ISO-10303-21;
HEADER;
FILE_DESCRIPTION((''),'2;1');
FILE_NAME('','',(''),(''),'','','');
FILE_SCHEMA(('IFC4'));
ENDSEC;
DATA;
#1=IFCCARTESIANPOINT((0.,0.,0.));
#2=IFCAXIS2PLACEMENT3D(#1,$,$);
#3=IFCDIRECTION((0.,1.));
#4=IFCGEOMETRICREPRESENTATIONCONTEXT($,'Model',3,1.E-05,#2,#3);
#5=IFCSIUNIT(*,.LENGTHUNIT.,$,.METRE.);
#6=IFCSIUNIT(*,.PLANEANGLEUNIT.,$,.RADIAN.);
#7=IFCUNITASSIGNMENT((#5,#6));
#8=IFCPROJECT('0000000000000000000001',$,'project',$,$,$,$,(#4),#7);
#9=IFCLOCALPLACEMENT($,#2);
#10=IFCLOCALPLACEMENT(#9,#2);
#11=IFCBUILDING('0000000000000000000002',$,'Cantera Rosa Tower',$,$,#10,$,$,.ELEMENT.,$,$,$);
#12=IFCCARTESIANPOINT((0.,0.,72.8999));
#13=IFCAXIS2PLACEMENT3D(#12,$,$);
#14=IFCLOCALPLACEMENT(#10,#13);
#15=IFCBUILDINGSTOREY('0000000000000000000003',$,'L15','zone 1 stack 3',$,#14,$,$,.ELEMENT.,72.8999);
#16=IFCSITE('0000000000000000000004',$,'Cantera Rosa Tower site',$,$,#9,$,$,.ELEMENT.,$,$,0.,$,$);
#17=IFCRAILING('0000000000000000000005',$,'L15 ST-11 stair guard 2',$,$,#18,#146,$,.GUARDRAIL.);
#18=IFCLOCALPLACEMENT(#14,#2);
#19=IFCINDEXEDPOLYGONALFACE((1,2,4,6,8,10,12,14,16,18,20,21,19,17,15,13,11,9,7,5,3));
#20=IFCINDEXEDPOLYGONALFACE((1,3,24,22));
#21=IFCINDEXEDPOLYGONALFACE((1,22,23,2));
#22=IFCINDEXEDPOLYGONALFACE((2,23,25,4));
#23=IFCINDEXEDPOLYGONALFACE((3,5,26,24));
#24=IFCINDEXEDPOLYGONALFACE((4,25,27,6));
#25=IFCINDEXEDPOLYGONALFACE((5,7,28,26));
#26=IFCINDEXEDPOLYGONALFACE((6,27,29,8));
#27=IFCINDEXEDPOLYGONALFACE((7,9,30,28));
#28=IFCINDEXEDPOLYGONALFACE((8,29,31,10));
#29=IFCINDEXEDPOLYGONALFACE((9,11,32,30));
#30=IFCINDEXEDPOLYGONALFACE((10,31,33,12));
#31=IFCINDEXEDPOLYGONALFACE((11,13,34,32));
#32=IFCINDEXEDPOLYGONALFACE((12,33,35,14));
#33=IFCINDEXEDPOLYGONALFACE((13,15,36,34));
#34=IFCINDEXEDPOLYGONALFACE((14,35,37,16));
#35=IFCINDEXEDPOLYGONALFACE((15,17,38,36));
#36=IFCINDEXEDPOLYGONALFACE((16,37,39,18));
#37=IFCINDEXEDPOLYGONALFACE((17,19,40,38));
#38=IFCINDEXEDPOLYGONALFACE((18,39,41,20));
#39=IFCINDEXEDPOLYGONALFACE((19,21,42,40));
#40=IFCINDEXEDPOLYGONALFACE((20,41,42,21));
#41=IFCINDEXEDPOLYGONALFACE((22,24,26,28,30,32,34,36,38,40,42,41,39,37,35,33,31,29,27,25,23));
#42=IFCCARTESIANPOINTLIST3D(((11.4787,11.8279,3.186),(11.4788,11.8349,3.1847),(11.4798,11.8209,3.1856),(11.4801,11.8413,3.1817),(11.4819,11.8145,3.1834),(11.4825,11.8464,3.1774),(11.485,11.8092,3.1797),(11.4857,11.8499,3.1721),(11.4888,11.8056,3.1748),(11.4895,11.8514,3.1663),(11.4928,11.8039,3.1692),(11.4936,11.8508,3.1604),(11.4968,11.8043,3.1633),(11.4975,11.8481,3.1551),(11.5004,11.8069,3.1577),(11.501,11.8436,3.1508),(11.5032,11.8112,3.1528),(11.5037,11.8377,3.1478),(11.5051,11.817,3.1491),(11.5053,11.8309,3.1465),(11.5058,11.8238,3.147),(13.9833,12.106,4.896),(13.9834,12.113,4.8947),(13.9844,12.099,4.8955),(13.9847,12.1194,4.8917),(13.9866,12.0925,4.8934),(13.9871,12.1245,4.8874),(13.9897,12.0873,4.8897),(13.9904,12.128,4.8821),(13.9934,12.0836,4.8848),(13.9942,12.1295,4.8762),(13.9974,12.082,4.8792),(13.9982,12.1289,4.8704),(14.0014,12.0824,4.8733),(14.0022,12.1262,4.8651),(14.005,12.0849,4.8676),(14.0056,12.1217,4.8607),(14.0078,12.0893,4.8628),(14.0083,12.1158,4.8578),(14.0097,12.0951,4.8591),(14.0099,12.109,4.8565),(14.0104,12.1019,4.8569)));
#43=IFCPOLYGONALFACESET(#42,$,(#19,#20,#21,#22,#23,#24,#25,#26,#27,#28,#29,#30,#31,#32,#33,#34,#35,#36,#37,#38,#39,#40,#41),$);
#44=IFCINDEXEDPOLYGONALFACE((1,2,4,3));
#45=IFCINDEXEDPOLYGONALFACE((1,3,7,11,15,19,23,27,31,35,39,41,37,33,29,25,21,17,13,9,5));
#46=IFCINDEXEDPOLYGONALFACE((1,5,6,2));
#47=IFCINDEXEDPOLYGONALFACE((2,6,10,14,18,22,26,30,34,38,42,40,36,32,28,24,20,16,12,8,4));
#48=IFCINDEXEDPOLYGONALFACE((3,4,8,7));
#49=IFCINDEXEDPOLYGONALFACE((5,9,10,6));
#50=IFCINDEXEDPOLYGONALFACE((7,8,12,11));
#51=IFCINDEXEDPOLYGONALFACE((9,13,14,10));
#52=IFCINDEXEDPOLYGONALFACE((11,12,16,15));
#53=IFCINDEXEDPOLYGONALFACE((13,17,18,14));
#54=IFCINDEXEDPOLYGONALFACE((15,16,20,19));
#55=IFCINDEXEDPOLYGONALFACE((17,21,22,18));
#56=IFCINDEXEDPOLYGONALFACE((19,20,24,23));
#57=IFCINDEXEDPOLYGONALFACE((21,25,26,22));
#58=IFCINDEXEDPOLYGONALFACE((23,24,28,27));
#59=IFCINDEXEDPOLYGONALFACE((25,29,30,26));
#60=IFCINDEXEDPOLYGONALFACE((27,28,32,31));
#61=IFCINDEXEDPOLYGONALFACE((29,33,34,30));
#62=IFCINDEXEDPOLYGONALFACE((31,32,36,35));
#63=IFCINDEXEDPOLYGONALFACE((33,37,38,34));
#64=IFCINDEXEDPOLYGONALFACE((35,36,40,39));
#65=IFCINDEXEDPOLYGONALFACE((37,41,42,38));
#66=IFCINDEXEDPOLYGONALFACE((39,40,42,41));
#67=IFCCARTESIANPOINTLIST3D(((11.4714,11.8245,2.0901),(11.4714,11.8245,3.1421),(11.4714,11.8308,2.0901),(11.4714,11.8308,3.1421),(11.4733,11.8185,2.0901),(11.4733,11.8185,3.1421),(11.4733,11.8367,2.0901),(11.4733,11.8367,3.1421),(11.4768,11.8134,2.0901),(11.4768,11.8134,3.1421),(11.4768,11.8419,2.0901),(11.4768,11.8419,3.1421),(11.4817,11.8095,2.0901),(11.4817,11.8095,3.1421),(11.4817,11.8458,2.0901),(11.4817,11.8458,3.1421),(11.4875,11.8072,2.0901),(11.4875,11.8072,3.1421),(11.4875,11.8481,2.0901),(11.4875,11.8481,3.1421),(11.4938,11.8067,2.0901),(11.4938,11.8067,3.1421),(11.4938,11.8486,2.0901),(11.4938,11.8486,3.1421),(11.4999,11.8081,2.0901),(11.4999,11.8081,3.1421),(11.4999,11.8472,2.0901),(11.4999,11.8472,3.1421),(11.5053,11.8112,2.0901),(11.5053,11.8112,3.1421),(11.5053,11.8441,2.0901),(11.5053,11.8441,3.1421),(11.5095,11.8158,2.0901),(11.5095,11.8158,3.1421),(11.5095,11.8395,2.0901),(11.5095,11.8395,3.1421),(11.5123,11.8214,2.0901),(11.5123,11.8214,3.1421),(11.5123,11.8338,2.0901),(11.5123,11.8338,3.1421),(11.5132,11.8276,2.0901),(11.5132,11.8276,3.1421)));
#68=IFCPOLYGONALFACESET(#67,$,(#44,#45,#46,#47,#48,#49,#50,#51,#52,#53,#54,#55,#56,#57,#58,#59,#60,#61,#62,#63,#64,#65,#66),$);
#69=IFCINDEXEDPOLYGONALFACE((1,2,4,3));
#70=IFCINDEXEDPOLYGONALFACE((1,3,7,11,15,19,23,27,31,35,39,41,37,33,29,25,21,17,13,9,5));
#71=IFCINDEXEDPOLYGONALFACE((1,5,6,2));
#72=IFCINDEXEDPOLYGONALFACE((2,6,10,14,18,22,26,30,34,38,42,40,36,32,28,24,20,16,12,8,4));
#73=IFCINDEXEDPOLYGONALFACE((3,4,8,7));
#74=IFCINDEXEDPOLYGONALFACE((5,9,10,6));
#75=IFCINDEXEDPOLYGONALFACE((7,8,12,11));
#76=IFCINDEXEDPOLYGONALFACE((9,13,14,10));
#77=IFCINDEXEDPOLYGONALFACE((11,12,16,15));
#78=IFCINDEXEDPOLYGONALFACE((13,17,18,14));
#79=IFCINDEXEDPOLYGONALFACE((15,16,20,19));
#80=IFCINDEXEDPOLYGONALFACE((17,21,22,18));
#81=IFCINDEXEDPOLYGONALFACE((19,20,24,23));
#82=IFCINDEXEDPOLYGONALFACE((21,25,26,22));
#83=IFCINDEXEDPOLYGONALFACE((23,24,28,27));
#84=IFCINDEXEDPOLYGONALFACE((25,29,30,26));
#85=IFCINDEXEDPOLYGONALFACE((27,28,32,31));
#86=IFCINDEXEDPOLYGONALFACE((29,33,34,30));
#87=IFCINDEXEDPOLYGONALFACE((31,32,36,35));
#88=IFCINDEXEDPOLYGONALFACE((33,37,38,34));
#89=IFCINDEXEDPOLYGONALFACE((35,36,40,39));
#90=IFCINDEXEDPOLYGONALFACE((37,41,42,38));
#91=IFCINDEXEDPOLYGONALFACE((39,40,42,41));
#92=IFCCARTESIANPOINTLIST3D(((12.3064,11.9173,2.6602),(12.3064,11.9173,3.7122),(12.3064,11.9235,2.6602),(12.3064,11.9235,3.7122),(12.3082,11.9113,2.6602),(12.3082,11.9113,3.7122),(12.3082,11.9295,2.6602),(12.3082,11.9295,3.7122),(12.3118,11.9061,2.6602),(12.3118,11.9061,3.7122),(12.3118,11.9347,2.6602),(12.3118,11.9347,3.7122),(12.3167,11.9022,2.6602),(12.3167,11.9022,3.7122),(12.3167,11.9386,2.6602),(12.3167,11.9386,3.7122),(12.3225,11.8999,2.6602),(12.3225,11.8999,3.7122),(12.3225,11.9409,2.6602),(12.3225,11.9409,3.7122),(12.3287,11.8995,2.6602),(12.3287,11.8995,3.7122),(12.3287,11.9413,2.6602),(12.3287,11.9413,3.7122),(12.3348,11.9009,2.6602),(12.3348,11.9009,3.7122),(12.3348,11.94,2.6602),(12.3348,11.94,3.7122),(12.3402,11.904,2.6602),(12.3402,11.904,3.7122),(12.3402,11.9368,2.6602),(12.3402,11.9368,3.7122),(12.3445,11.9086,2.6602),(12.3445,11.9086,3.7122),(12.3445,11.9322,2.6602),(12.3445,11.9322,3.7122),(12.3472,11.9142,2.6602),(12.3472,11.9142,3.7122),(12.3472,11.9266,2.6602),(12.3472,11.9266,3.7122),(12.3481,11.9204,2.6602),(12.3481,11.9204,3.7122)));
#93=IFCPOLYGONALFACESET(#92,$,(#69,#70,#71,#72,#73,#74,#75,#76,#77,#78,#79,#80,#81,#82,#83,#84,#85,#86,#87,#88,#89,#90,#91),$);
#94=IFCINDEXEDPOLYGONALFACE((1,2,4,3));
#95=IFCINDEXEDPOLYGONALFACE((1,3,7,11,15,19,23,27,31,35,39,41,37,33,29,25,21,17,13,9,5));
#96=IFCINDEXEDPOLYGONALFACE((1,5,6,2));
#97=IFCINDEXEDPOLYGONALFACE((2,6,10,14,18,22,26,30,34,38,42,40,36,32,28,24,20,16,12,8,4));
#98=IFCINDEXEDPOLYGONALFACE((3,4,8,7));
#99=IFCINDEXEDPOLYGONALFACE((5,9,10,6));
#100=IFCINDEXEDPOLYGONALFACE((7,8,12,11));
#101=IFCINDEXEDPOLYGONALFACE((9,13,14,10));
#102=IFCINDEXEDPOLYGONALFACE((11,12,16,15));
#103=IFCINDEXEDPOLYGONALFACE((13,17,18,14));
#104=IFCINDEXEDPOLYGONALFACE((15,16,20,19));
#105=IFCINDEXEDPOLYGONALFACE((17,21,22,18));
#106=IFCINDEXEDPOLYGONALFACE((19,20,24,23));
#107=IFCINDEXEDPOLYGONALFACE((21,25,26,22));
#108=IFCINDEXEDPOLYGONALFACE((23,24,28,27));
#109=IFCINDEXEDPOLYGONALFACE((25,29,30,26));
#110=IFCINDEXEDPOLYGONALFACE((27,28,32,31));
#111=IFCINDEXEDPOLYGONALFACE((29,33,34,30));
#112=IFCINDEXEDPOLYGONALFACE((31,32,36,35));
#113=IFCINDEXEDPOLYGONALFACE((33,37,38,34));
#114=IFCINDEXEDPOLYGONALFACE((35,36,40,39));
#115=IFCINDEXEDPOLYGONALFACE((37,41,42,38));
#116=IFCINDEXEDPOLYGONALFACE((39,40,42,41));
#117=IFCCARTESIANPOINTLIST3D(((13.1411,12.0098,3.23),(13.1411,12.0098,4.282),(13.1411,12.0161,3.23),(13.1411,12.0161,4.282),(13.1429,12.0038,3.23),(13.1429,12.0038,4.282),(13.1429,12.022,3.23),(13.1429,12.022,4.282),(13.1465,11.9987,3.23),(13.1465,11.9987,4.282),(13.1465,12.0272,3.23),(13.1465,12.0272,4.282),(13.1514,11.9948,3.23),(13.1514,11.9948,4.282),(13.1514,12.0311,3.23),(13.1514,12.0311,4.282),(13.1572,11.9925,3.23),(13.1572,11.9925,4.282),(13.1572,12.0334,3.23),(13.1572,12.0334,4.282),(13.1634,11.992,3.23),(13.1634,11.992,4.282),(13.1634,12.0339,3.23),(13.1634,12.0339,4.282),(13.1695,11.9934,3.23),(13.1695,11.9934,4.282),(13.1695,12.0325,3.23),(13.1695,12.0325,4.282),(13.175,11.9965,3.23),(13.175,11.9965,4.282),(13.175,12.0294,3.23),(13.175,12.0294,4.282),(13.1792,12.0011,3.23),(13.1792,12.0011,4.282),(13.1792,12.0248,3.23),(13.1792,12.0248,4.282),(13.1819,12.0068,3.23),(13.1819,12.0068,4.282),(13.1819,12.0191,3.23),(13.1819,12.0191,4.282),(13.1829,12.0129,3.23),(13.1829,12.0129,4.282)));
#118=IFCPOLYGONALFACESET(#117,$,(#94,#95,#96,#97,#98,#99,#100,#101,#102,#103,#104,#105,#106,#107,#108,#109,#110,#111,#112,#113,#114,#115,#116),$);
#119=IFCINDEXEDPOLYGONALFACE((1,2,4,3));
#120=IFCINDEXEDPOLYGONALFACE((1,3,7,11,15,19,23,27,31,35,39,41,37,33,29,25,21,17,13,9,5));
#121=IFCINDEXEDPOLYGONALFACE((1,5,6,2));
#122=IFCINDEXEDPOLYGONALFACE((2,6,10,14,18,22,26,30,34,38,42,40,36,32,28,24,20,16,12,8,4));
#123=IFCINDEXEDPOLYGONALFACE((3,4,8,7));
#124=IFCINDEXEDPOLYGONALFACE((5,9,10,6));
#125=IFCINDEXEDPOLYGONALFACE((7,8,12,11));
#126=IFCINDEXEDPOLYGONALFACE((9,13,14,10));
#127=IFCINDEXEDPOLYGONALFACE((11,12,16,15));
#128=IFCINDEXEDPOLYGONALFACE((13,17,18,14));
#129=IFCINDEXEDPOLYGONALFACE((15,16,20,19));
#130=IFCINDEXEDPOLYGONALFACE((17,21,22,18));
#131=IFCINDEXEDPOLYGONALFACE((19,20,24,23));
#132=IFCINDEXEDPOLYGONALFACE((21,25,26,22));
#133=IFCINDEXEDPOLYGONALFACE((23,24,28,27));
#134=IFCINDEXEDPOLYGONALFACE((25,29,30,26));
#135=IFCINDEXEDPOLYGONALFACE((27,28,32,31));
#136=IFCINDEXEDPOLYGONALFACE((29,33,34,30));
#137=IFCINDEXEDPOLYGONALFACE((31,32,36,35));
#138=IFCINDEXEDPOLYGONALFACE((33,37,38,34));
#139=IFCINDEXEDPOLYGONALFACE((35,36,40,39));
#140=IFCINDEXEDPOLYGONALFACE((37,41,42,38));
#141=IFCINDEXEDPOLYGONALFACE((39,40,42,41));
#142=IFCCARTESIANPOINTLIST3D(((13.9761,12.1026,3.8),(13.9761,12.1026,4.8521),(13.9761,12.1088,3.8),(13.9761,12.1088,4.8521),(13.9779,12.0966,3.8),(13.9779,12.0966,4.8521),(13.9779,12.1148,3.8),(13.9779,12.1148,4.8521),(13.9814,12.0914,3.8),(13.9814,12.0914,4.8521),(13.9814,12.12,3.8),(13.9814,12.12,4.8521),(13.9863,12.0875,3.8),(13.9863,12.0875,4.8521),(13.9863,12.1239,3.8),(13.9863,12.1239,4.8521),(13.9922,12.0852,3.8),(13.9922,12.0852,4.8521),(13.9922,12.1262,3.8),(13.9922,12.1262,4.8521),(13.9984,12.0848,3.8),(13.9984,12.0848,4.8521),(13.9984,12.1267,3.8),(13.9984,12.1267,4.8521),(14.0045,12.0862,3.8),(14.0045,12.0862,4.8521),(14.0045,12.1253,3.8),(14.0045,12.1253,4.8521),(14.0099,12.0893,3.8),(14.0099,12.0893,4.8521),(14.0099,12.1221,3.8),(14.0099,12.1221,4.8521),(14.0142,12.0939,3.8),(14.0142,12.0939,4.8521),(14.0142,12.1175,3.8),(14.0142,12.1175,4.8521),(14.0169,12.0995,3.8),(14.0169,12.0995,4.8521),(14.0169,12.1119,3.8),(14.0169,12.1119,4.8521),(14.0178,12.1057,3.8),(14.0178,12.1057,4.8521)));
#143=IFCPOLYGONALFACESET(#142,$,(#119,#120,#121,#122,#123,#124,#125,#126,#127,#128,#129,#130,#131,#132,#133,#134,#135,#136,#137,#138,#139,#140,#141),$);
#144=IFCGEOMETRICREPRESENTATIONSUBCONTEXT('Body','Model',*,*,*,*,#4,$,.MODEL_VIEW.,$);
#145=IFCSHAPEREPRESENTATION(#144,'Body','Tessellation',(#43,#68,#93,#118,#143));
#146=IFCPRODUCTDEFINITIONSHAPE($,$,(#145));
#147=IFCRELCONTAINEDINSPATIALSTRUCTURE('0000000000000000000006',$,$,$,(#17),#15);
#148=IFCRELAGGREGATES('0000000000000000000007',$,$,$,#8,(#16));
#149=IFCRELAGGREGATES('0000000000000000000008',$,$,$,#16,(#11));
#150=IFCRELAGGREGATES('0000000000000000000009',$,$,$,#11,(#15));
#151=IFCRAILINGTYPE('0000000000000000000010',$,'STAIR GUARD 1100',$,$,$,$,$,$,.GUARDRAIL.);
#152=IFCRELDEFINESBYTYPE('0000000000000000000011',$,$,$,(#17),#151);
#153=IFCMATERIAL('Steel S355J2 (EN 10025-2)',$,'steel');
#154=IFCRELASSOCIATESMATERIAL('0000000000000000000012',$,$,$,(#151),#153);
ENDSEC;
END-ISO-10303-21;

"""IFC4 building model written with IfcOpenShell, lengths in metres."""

from ifc_helpers import new_model, si_unit, direction, frame, origin, origin_2d, place, context, subcontext, project, spatial, circle, extrude, material, type_object, element, save


model = new_model("IFC4")

# Units and contexts
model_context = context("Model", 3, precision=1e-05, world=origin(), true_north=direction((0.0, 1.0)))
body_context = subcontext(model_context, "Body", "Model", "MODEL_VIEW")
ifc_project = project(units=[si_unit("LENGTHUNIT", "METRE"), si_unit("PLANEANGLEUNIT", "RADIAN")], contexts=[model_context])

# Site, building, storey
site_placement = place(None, origin())
site = spatial("IfcSite", under=ifc_project, at=site_placement, Name="Cantera Rosa Tower site", CompositionType="ELEMENT", RefElevation=0.0)
building_placement = place(site_placement, origin())
building = spatial("IfcBuilding", under=site, at=building_placement, Name="Cantera Rosa Tower", CompositionType="ELEMENT")
storey_placement = place(building_placement, frame((0.0, 0.0, 72.8999)))
storey = spatial("IfcBuildingStorey", under=building, at=storey_placement, Name="L15", Description="zone 1 stack 3", CompositionType="ELEMENT", Elevation=72.8999)

# Railing
ifc_material_1 = material(Name="Steel S355J2 (EN 10025-2)", Category="steel")
railing_type_1 = type_object("IfcRailingType", Name="STAIR GUARD 1100", PredefinedType="GUARDRAIL", material=ifc_material_1)
railing_1_placement = place(storey_placement, frame((11.4922, 11.8276, 2.0901)))
element("IfcRailing", 1, at=railing_1_placement, inside=storey, type_object=railing_type_1, Name="L15 ST-11 stair guard 2", PredefinedType="GUARDRAIL", context=body_context, shape_type="SweptSolid", body=[
    extrude(circle(Radius=0.0239, at=origin_2d()), frame((0.0, 0.0, 1.0762), z_axis=(0.822431, 0.09131, 0.561488), x_axis=(-0.110346, 0.993893, 0.0)), (0.0, 0.0, 1.0), 3.0454),
    extrude(circle(Radius=0.021, at=origin_2d()), origin(), (0.0, 0.0, 1.0), 1.052),
    extrude(circle(Radius=0.021, at=origin_2d()), frame((0.835, 0.0928, 0.5701)), (0.0, 0.0, 1.0), 1.052),
    extrude(circle(Radius=0.021, at=origin_2d()), frame((1.6697, 0.1853, 1.1399)), (0.0, 0.0, 1.0), 1.052),
    extrude(circle(Radius=0.021, at=origin_2d()), frame((2.5046, 0.2781, 1.71)), (0.0, 0.0, 1.0), 1.052),
])

save(model, "model.ifc")
